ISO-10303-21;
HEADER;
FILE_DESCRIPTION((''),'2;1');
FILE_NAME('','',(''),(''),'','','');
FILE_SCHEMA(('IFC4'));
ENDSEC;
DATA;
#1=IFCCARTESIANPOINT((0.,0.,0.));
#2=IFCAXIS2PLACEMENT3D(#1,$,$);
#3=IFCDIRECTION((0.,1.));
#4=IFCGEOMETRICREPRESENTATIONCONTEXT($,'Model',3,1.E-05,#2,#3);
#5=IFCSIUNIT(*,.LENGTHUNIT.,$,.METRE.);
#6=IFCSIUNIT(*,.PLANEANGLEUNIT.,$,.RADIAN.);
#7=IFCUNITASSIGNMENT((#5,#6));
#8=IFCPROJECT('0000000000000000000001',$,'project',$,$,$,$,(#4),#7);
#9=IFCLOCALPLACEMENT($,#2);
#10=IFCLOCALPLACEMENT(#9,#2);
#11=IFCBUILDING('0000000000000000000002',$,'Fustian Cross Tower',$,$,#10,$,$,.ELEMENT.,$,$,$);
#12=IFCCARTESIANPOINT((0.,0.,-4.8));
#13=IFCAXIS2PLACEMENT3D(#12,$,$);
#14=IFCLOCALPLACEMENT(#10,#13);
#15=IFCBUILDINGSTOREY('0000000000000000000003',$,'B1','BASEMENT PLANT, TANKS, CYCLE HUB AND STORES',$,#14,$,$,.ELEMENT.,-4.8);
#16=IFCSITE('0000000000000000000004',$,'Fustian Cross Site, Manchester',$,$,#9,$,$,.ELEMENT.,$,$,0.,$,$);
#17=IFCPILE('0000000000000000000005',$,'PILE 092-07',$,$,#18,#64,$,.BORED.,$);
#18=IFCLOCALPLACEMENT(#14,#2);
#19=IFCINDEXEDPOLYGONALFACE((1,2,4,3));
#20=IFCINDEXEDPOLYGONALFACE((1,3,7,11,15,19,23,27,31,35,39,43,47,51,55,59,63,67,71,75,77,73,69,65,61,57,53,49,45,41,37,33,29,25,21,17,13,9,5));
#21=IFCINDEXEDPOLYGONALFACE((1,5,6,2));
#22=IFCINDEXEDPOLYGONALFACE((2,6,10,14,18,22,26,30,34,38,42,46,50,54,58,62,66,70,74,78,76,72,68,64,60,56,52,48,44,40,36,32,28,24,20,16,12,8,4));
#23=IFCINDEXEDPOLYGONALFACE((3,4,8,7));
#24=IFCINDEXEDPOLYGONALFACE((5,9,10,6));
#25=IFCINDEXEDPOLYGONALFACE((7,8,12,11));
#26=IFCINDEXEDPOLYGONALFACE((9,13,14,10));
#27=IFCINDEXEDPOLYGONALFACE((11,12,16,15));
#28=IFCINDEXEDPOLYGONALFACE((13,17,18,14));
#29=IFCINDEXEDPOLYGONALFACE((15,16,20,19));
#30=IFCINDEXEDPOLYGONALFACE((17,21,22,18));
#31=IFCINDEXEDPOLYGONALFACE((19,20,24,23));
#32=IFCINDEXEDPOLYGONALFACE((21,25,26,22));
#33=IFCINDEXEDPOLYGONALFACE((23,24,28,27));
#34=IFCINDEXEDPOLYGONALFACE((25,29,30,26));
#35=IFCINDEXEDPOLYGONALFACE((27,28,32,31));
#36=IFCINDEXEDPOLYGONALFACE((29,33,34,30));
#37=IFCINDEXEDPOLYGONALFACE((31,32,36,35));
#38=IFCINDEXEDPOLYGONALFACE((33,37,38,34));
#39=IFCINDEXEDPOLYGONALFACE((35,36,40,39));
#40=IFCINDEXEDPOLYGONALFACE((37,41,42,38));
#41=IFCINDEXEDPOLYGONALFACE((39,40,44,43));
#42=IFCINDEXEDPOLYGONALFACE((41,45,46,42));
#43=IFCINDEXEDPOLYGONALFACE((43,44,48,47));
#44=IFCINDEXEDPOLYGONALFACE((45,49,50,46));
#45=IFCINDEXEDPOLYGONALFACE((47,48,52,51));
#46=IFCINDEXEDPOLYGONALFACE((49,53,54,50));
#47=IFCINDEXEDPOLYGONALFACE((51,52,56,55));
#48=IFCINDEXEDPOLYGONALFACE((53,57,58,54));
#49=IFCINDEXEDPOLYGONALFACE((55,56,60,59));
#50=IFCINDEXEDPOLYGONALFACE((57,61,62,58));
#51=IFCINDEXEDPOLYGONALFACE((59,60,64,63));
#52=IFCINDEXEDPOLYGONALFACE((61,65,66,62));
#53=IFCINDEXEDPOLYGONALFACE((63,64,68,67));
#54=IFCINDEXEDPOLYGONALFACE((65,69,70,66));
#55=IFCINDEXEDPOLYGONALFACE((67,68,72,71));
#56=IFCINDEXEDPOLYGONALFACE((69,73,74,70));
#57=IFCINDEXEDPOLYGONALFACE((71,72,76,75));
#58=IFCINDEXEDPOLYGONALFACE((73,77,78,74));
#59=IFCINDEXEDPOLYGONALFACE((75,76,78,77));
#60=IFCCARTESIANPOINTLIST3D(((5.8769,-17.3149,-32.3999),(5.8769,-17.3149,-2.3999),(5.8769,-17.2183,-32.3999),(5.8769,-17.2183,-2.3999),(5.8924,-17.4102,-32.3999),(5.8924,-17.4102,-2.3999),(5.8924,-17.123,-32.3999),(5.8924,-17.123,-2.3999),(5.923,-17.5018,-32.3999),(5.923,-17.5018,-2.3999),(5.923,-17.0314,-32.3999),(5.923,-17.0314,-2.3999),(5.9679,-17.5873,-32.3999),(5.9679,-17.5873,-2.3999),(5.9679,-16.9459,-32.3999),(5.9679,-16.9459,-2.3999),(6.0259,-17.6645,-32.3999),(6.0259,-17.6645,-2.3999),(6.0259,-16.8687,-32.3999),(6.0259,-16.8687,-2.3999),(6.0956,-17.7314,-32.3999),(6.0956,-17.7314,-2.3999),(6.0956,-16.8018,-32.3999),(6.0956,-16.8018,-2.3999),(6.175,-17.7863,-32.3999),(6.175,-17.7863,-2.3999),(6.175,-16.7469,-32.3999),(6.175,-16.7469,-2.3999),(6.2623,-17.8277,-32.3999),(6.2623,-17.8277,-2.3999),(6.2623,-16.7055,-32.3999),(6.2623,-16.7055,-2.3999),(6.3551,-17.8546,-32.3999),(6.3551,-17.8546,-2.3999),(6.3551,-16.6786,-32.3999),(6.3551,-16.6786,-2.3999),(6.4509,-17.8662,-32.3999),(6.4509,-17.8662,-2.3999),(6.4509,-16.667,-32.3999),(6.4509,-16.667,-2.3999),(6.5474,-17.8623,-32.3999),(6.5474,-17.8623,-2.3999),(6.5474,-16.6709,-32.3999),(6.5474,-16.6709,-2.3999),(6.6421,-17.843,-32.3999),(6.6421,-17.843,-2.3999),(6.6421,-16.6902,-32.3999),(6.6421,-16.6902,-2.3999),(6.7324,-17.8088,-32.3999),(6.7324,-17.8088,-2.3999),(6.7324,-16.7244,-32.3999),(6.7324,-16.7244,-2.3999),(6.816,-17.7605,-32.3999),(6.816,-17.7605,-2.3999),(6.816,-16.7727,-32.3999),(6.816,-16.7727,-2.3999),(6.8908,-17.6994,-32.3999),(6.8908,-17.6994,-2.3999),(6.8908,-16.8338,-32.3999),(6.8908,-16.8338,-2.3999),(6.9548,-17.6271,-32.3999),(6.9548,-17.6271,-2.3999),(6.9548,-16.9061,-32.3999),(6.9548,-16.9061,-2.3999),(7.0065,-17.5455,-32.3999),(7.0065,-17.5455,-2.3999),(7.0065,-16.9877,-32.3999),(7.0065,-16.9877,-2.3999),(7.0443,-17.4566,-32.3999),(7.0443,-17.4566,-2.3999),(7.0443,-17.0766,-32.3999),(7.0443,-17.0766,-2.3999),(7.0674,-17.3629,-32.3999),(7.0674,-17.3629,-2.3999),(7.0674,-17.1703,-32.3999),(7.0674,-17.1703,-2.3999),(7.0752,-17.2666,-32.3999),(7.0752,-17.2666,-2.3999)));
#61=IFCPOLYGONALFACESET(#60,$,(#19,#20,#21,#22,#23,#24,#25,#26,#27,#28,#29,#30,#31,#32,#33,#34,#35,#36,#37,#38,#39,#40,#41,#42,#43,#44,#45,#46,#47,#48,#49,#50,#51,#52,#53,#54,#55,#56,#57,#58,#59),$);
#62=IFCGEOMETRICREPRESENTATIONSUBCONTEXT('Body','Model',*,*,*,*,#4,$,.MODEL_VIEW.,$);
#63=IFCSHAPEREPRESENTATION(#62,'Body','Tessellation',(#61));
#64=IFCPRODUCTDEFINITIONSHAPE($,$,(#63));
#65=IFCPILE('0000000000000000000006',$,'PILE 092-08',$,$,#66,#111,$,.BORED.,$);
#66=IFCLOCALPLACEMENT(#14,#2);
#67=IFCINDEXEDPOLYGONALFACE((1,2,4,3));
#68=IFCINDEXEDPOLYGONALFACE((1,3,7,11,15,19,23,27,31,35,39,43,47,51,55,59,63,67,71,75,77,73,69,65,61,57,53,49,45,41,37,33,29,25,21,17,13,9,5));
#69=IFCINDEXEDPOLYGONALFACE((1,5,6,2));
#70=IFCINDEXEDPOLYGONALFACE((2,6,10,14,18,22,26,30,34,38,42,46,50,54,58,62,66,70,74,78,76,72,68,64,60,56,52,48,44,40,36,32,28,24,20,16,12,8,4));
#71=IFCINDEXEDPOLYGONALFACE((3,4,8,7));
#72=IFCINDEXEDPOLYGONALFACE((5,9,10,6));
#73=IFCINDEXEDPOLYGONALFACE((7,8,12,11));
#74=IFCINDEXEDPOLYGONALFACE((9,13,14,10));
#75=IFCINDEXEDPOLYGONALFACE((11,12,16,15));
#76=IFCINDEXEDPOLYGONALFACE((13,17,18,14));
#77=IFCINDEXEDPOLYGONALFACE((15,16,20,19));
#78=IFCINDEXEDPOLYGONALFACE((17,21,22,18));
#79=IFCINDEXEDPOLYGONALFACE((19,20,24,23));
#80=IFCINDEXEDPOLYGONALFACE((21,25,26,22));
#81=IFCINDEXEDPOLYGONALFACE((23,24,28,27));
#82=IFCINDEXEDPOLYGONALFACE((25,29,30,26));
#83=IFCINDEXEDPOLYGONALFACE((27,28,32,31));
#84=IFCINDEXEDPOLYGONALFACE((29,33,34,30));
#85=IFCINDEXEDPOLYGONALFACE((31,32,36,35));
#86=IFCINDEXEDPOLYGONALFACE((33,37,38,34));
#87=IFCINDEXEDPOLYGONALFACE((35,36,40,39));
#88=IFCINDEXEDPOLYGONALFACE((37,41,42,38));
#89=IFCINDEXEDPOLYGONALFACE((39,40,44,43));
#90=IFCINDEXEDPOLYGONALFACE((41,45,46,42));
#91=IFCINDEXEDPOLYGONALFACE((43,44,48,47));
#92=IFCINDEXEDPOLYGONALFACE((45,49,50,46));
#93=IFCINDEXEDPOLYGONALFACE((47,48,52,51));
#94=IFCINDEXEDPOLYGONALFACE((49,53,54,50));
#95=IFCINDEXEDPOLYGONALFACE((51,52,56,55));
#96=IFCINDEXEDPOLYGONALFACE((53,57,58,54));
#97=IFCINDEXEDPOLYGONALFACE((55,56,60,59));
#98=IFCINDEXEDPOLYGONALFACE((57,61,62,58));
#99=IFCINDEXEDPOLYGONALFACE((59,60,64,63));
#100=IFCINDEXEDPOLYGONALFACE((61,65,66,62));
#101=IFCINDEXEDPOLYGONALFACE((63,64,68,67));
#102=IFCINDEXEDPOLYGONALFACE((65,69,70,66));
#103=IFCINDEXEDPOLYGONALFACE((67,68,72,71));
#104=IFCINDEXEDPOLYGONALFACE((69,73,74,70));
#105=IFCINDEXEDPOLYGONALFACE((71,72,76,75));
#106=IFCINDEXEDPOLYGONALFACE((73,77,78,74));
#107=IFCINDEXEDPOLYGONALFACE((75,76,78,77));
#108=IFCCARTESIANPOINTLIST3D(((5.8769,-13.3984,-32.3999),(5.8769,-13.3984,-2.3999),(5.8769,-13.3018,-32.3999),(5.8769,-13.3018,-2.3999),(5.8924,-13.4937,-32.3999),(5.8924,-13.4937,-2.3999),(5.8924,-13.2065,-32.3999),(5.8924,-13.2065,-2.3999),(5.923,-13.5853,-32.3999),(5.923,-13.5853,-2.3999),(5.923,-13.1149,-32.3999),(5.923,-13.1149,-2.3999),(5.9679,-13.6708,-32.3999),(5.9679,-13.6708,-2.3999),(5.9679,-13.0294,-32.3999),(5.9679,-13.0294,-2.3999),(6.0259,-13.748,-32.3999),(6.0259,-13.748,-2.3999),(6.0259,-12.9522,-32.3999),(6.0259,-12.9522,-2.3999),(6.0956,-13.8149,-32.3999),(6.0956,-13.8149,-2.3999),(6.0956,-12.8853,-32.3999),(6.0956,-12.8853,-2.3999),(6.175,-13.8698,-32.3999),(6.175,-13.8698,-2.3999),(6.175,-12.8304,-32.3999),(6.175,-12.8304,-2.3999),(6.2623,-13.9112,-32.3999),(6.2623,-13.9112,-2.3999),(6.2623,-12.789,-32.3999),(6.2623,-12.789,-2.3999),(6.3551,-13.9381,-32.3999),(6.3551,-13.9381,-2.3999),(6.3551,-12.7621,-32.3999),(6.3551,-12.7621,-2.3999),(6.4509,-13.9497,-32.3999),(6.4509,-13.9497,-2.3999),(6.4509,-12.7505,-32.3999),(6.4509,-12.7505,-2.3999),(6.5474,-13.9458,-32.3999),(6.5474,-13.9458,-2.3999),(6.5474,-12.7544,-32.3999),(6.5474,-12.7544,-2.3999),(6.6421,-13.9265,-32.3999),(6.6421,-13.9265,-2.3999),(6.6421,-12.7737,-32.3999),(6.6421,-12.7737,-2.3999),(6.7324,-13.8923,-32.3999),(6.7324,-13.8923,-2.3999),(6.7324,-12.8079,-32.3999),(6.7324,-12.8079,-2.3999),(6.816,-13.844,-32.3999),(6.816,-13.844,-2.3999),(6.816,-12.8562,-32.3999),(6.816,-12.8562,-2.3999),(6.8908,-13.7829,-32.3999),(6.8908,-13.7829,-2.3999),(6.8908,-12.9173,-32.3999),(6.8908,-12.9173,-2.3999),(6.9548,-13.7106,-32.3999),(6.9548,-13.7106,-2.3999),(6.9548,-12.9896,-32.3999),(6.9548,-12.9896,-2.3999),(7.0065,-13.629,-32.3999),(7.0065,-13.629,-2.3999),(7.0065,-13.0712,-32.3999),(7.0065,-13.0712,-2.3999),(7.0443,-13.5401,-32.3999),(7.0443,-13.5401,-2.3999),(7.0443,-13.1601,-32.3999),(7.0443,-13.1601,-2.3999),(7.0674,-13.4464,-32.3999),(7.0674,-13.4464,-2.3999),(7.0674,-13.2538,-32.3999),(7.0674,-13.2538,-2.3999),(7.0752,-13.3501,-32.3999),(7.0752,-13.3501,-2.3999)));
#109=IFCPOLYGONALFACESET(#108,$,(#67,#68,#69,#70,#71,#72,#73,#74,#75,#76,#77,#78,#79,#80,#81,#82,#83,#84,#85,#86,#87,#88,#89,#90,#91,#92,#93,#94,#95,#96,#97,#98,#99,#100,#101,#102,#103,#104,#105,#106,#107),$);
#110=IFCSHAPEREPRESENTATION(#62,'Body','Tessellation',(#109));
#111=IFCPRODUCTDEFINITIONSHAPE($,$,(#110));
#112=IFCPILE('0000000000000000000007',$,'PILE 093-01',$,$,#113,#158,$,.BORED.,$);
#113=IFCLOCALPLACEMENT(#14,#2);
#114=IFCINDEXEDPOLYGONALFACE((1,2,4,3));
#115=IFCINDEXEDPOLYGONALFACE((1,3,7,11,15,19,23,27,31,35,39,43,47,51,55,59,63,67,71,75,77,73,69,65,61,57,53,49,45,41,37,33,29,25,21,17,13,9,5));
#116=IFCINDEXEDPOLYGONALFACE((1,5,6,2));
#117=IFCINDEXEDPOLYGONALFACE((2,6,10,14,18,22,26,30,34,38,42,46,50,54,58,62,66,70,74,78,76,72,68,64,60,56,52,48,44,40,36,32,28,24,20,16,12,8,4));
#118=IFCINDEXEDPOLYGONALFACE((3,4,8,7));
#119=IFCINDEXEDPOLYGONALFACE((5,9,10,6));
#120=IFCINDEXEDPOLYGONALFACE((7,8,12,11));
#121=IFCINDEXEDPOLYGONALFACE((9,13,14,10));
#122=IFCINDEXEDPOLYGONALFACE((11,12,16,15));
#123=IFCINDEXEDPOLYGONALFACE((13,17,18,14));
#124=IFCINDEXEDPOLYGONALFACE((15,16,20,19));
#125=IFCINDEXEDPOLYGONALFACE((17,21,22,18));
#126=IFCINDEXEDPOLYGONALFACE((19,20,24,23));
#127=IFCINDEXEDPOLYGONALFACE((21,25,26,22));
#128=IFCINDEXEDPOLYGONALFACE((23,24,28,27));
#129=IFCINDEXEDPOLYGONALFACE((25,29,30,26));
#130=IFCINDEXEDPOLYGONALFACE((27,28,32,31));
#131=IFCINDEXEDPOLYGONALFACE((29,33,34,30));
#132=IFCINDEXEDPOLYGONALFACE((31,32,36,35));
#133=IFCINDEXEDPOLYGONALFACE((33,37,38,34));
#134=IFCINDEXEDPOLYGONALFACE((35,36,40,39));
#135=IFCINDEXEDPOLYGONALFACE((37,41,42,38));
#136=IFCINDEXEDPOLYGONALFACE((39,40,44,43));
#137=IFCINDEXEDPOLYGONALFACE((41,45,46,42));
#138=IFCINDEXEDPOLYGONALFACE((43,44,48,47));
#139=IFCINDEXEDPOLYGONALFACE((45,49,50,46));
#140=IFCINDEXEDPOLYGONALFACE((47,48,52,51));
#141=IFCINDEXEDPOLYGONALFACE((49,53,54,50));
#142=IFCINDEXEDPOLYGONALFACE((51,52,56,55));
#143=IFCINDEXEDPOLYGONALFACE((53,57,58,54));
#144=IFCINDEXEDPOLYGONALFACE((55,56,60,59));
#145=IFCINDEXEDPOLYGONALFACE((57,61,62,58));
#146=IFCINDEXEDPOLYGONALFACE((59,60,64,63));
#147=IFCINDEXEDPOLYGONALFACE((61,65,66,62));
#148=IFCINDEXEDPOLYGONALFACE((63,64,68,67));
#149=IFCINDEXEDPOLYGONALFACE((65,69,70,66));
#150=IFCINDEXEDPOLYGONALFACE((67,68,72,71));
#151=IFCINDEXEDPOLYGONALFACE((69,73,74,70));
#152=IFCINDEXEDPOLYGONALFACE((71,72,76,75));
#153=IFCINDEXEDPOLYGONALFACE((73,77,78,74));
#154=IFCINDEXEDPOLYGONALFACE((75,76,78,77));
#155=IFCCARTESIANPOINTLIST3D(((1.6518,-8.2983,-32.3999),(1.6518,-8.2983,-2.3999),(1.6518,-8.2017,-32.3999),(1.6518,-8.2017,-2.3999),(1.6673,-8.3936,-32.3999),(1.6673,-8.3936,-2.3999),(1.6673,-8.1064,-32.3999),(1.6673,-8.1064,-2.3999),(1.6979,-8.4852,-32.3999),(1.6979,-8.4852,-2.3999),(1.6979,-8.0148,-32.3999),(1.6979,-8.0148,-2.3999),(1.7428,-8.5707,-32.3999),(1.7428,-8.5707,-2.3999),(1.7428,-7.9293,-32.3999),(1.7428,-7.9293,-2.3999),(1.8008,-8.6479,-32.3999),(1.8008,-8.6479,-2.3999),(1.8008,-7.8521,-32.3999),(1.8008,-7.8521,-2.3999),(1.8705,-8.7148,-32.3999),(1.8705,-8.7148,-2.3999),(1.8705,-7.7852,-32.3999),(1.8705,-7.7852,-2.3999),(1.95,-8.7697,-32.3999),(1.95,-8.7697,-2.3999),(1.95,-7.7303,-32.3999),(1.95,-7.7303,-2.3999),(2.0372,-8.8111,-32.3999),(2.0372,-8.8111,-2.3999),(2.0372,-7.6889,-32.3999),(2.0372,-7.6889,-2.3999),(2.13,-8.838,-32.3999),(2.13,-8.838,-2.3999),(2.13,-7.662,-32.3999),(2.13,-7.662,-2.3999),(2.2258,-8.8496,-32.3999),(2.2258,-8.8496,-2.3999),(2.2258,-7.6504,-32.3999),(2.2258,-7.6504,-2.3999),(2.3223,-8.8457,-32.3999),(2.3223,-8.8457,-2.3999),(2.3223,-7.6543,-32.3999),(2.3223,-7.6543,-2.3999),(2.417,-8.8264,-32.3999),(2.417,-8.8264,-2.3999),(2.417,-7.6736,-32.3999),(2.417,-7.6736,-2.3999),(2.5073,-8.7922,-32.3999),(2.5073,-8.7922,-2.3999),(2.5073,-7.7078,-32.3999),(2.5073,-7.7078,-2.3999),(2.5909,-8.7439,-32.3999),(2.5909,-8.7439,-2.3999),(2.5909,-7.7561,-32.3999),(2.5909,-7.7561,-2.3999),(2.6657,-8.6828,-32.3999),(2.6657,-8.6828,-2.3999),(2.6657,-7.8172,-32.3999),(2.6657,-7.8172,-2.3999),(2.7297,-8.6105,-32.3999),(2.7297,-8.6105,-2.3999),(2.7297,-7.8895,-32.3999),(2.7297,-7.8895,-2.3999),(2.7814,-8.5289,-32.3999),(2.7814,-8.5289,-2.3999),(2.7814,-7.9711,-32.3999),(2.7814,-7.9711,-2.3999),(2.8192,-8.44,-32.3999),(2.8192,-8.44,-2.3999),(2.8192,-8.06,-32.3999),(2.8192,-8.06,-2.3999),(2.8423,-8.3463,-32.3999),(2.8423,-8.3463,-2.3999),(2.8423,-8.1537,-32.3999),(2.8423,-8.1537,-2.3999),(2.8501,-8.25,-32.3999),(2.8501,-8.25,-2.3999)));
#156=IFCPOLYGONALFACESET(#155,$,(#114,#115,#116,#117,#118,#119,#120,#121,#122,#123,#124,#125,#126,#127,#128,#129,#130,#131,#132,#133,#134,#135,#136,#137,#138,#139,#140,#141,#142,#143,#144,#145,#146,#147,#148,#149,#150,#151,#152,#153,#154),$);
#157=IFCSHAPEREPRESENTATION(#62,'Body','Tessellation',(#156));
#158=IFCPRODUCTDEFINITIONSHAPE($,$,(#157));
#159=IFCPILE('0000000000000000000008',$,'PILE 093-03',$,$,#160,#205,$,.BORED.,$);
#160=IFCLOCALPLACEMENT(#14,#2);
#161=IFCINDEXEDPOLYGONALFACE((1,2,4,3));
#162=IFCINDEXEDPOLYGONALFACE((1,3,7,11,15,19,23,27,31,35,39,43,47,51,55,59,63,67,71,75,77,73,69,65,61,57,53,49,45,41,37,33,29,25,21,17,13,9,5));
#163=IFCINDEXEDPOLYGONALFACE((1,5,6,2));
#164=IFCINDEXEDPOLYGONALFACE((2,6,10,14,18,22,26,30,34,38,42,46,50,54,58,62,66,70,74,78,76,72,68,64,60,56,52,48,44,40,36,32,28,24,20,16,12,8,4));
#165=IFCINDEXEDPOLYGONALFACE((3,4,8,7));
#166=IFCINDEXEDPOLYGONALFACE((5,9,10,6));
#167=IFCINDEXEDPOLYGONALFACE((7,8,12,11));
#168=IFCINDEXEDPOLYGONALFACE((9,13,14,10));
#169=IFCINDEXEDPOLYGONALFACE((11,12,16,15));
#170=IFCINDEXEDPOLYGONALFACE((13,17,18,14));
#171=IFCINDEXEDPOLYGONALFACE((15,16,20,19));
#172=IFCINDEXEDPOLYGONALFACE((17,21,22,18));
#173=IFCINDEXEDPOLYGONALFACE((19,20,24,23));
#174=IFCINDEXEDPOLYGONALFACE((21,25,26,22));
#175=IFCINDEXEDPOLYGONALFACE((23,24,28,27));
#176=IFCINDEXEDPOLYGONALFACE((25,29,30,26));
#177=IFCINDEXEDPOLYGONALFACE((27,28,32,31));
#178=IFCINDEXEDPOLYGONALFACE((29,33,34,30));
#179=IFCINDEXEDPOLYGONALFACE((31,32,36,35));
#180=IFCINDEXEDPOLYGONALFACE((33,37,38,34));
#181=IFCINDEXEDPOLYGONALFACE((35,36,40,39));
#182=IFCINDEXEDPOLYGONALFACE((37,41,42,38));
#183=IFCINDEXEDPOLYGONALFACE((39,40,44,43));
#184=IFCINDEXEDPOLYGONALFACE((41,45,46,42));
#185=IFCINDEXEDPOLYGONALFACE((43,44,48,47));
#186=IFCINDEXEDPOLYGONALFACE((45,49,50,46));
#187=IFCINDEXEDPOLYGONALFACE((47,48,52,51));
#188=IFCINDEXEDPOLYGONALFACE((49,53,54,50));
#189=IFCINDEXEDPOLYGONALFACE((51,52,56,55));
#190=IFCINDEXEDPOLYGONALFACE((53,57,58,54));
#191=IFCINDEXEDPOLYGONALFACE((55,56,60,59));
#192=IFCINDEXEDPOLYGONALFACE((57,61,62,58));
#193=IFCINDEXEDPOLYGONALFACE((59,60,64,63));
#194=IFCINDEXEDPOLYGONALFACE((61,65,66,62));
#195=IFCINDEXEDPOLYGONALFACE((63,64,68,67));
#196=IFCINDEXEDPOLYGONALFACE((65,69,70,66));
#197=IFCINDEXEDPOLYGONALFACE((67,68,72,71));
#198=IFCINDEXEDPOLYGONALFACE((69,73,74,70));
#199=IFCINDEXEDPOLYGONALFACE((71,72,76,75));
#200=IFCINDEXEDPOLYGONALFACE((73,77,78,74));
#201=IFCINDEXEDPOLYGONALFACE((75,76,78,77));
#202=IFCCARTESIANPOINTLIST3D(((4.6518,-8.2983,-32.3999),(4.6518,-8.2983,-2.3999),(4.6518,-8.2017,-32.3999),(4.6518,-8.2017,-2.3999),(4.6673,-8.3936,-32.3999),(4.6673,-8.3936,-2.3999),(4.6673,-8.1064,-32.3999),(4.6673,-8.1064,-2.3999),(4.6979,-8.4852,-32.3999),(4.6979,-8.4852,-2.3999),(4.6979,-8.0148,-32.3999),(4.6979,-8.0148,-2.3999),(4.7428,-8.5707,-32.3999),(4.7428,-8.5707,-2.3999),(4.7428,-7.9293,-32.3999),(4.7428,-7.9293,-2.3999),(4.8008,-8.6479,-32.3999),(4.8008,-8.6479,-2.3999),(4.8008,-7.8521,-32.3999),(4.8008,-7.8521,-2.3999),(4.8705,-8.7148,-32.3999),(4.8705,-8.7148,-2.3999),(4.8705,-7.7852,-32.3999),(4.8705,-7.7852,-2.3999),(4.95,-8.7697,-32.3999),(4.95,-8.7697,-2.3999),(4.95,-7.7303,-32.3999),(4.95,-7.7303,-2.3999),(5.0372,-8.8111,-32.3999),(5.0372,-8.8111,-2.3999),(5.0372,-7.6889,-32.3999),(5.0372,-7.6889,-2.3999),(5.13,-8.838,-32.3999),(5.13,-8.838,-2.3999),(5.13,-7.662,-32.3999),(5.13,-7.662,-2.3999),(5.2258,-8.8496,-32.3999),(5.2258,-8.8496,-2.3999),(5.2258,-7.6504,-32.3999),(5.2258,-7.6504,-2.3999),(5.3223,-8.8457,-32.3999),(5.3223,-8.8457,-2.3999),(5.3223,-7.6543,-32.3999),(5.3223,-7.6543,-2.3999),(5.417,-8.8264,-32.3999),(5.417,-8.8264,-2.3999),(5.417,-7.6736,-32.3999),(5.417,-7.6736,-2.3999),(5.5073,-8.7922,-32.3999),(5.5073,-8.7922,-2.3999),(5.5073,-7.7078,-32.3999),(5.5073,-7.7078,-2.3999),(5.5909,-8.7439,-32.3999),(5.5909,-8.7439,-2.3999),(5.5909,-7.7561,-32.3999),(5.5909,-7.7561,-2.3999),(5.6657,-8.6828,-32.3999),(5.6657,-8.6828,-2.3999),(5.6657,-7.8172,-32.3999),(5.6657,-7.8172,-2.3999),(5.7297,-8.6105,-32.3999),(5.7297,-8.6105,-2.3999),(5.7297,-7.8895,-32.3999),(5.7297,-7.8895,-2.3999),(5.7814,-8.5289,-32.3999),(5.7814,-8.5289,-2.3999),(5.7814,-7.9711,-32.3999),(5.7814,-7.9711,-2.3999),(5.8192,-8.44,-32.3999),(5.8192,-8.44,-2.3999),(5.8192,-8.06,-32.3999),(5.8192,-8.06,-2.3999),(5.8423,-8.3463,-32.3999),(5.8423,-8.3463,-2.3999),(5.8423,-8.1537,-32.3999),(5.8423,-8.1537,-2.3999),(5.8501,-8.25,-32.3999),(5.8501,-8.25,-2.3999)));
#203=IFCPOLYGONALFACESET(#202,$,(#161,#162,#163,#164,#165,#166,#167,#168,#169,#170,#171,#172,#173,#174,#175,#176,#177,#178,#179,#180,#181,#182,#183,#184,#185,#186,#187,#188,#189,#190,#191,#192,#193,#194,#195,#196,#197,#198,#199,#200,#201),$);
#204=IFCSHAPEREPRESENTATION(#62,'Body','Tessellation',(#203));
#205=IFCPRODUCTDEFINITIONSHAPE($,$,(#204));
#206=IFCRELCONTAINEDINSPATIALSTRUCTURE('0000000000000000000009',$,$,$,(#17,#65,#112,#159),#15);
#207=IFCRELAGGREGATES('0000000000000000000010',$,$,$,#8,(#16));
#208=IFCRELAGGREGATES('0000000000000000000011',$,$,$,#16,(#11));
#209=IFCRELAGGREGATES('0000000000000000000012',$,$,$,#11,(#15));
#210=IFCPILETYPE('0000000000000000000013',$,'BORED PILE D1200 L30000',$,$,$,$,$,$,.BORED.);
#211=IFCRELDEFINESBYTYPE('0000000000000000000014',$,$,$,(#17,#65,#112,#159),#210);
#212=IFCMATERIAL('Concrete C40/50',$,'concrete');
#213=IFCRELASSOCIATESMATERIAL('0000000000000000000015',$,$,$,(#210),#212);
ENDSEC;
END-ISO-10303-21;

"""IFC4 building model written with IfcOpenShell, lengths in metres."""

from ifc_helpers import new_model, si_unit, direction, frame, origin, origin_2d, place, context, subcontext, project, spatial, circle, extrude, material, material_profile, profile_set, type_object, element, save


model = new_model("IFC4")

# Units and contexts
model_context = context("Model", 3, precision=1e-05, world=origin(), true_north=direction((0.0, 1.0)))
body_context = subcontext(model_context, "Body", "Model", "MODEL_VIEW")
ifc_project = project(units=[si_unit("LENGTHUNIT", "METRE"), si_unit("PLANEANGLEUNIT", "RADIAN")], contexts=[model_context])

# Site, building, storey
site_placement = place(None, origin())
site = spatial("IfcSite", under=ifc_project, at=site_placement, Name="Fustian Cross Site, Manchester", CompositionType="ELEMENT", RefElevation=0.0)
building_placement = place(site_placement, origin())
building = spatial("IfcBuilding", under=site, at=building_placement, Name="Fustian Cross Tower", CompositionType="ELEMENT")
storey_placement = place(building_placement, frame((0.0, 0.0, -4.8)))
storey = spatial("IfcBuildingStorey", under=building, at=storey_placement, Name="B1", Description="BASEMENT PLANT, TANKS, CYCLE HUB AND STORES", CompositionType="ELEMENT", Elevation=-4.8)

# Piles
ifc_material_1 = material(Name="Concrete C40/50", Category="concrete")
ifc_material_profile_1 = material_profile(ifc_material_1, circle(Radius=0.6001, at=origin_2d()), Name="BORED PILE D1200 L30000")
ifc_profile_set_1 = profile_set([ifc_material_profile_1], Name="Concrete C40/50")
pile_type_1 = type_object("IfcPileType", Name="BORED PILE D1200 L30000", PredefinedType="BORED", material=ifc_profile_set_1)
for number, where, z_axis, x_axis, name in (
    (1, (6.4751, -17.2666, -2.3999), (0.0, 0.0, -1.0), (1.0, 0.0, 0.0), "PILE 092-07"),
    (2, (6.4751, -13.3501, -2.3999), (0.0, 0.0, -1.0), (1.0, 0.0, 0.0), "PILE 092-08"),
    (3, (2.25, -8.25, -2.3999), (0.0, 0.0, -1.0), (1.0, 0.0, 0.0), "PILE 093-01"),
    (4, (5.25, -8.25, -2.3999), (0.0, 0.0, -1.0), (1.0, 0.0, 0.0), "PILE 093-03"),
):
    element("IfcPile", number, at=place(storey_placement, frame(where, z_axis=z_axis, x_axis=x_axis)), inside=storey, type_object=pile_type_1, Name=name, PredefinedType="BORED", context=body_context, shape_type="SweptSolid", body=[
        extrude(circle(Radius=0.6001, at=origin_2d()), origin(), (0.0, 0.0, 1.0), 30.0),
    ])

save(model, "model.ifc")
